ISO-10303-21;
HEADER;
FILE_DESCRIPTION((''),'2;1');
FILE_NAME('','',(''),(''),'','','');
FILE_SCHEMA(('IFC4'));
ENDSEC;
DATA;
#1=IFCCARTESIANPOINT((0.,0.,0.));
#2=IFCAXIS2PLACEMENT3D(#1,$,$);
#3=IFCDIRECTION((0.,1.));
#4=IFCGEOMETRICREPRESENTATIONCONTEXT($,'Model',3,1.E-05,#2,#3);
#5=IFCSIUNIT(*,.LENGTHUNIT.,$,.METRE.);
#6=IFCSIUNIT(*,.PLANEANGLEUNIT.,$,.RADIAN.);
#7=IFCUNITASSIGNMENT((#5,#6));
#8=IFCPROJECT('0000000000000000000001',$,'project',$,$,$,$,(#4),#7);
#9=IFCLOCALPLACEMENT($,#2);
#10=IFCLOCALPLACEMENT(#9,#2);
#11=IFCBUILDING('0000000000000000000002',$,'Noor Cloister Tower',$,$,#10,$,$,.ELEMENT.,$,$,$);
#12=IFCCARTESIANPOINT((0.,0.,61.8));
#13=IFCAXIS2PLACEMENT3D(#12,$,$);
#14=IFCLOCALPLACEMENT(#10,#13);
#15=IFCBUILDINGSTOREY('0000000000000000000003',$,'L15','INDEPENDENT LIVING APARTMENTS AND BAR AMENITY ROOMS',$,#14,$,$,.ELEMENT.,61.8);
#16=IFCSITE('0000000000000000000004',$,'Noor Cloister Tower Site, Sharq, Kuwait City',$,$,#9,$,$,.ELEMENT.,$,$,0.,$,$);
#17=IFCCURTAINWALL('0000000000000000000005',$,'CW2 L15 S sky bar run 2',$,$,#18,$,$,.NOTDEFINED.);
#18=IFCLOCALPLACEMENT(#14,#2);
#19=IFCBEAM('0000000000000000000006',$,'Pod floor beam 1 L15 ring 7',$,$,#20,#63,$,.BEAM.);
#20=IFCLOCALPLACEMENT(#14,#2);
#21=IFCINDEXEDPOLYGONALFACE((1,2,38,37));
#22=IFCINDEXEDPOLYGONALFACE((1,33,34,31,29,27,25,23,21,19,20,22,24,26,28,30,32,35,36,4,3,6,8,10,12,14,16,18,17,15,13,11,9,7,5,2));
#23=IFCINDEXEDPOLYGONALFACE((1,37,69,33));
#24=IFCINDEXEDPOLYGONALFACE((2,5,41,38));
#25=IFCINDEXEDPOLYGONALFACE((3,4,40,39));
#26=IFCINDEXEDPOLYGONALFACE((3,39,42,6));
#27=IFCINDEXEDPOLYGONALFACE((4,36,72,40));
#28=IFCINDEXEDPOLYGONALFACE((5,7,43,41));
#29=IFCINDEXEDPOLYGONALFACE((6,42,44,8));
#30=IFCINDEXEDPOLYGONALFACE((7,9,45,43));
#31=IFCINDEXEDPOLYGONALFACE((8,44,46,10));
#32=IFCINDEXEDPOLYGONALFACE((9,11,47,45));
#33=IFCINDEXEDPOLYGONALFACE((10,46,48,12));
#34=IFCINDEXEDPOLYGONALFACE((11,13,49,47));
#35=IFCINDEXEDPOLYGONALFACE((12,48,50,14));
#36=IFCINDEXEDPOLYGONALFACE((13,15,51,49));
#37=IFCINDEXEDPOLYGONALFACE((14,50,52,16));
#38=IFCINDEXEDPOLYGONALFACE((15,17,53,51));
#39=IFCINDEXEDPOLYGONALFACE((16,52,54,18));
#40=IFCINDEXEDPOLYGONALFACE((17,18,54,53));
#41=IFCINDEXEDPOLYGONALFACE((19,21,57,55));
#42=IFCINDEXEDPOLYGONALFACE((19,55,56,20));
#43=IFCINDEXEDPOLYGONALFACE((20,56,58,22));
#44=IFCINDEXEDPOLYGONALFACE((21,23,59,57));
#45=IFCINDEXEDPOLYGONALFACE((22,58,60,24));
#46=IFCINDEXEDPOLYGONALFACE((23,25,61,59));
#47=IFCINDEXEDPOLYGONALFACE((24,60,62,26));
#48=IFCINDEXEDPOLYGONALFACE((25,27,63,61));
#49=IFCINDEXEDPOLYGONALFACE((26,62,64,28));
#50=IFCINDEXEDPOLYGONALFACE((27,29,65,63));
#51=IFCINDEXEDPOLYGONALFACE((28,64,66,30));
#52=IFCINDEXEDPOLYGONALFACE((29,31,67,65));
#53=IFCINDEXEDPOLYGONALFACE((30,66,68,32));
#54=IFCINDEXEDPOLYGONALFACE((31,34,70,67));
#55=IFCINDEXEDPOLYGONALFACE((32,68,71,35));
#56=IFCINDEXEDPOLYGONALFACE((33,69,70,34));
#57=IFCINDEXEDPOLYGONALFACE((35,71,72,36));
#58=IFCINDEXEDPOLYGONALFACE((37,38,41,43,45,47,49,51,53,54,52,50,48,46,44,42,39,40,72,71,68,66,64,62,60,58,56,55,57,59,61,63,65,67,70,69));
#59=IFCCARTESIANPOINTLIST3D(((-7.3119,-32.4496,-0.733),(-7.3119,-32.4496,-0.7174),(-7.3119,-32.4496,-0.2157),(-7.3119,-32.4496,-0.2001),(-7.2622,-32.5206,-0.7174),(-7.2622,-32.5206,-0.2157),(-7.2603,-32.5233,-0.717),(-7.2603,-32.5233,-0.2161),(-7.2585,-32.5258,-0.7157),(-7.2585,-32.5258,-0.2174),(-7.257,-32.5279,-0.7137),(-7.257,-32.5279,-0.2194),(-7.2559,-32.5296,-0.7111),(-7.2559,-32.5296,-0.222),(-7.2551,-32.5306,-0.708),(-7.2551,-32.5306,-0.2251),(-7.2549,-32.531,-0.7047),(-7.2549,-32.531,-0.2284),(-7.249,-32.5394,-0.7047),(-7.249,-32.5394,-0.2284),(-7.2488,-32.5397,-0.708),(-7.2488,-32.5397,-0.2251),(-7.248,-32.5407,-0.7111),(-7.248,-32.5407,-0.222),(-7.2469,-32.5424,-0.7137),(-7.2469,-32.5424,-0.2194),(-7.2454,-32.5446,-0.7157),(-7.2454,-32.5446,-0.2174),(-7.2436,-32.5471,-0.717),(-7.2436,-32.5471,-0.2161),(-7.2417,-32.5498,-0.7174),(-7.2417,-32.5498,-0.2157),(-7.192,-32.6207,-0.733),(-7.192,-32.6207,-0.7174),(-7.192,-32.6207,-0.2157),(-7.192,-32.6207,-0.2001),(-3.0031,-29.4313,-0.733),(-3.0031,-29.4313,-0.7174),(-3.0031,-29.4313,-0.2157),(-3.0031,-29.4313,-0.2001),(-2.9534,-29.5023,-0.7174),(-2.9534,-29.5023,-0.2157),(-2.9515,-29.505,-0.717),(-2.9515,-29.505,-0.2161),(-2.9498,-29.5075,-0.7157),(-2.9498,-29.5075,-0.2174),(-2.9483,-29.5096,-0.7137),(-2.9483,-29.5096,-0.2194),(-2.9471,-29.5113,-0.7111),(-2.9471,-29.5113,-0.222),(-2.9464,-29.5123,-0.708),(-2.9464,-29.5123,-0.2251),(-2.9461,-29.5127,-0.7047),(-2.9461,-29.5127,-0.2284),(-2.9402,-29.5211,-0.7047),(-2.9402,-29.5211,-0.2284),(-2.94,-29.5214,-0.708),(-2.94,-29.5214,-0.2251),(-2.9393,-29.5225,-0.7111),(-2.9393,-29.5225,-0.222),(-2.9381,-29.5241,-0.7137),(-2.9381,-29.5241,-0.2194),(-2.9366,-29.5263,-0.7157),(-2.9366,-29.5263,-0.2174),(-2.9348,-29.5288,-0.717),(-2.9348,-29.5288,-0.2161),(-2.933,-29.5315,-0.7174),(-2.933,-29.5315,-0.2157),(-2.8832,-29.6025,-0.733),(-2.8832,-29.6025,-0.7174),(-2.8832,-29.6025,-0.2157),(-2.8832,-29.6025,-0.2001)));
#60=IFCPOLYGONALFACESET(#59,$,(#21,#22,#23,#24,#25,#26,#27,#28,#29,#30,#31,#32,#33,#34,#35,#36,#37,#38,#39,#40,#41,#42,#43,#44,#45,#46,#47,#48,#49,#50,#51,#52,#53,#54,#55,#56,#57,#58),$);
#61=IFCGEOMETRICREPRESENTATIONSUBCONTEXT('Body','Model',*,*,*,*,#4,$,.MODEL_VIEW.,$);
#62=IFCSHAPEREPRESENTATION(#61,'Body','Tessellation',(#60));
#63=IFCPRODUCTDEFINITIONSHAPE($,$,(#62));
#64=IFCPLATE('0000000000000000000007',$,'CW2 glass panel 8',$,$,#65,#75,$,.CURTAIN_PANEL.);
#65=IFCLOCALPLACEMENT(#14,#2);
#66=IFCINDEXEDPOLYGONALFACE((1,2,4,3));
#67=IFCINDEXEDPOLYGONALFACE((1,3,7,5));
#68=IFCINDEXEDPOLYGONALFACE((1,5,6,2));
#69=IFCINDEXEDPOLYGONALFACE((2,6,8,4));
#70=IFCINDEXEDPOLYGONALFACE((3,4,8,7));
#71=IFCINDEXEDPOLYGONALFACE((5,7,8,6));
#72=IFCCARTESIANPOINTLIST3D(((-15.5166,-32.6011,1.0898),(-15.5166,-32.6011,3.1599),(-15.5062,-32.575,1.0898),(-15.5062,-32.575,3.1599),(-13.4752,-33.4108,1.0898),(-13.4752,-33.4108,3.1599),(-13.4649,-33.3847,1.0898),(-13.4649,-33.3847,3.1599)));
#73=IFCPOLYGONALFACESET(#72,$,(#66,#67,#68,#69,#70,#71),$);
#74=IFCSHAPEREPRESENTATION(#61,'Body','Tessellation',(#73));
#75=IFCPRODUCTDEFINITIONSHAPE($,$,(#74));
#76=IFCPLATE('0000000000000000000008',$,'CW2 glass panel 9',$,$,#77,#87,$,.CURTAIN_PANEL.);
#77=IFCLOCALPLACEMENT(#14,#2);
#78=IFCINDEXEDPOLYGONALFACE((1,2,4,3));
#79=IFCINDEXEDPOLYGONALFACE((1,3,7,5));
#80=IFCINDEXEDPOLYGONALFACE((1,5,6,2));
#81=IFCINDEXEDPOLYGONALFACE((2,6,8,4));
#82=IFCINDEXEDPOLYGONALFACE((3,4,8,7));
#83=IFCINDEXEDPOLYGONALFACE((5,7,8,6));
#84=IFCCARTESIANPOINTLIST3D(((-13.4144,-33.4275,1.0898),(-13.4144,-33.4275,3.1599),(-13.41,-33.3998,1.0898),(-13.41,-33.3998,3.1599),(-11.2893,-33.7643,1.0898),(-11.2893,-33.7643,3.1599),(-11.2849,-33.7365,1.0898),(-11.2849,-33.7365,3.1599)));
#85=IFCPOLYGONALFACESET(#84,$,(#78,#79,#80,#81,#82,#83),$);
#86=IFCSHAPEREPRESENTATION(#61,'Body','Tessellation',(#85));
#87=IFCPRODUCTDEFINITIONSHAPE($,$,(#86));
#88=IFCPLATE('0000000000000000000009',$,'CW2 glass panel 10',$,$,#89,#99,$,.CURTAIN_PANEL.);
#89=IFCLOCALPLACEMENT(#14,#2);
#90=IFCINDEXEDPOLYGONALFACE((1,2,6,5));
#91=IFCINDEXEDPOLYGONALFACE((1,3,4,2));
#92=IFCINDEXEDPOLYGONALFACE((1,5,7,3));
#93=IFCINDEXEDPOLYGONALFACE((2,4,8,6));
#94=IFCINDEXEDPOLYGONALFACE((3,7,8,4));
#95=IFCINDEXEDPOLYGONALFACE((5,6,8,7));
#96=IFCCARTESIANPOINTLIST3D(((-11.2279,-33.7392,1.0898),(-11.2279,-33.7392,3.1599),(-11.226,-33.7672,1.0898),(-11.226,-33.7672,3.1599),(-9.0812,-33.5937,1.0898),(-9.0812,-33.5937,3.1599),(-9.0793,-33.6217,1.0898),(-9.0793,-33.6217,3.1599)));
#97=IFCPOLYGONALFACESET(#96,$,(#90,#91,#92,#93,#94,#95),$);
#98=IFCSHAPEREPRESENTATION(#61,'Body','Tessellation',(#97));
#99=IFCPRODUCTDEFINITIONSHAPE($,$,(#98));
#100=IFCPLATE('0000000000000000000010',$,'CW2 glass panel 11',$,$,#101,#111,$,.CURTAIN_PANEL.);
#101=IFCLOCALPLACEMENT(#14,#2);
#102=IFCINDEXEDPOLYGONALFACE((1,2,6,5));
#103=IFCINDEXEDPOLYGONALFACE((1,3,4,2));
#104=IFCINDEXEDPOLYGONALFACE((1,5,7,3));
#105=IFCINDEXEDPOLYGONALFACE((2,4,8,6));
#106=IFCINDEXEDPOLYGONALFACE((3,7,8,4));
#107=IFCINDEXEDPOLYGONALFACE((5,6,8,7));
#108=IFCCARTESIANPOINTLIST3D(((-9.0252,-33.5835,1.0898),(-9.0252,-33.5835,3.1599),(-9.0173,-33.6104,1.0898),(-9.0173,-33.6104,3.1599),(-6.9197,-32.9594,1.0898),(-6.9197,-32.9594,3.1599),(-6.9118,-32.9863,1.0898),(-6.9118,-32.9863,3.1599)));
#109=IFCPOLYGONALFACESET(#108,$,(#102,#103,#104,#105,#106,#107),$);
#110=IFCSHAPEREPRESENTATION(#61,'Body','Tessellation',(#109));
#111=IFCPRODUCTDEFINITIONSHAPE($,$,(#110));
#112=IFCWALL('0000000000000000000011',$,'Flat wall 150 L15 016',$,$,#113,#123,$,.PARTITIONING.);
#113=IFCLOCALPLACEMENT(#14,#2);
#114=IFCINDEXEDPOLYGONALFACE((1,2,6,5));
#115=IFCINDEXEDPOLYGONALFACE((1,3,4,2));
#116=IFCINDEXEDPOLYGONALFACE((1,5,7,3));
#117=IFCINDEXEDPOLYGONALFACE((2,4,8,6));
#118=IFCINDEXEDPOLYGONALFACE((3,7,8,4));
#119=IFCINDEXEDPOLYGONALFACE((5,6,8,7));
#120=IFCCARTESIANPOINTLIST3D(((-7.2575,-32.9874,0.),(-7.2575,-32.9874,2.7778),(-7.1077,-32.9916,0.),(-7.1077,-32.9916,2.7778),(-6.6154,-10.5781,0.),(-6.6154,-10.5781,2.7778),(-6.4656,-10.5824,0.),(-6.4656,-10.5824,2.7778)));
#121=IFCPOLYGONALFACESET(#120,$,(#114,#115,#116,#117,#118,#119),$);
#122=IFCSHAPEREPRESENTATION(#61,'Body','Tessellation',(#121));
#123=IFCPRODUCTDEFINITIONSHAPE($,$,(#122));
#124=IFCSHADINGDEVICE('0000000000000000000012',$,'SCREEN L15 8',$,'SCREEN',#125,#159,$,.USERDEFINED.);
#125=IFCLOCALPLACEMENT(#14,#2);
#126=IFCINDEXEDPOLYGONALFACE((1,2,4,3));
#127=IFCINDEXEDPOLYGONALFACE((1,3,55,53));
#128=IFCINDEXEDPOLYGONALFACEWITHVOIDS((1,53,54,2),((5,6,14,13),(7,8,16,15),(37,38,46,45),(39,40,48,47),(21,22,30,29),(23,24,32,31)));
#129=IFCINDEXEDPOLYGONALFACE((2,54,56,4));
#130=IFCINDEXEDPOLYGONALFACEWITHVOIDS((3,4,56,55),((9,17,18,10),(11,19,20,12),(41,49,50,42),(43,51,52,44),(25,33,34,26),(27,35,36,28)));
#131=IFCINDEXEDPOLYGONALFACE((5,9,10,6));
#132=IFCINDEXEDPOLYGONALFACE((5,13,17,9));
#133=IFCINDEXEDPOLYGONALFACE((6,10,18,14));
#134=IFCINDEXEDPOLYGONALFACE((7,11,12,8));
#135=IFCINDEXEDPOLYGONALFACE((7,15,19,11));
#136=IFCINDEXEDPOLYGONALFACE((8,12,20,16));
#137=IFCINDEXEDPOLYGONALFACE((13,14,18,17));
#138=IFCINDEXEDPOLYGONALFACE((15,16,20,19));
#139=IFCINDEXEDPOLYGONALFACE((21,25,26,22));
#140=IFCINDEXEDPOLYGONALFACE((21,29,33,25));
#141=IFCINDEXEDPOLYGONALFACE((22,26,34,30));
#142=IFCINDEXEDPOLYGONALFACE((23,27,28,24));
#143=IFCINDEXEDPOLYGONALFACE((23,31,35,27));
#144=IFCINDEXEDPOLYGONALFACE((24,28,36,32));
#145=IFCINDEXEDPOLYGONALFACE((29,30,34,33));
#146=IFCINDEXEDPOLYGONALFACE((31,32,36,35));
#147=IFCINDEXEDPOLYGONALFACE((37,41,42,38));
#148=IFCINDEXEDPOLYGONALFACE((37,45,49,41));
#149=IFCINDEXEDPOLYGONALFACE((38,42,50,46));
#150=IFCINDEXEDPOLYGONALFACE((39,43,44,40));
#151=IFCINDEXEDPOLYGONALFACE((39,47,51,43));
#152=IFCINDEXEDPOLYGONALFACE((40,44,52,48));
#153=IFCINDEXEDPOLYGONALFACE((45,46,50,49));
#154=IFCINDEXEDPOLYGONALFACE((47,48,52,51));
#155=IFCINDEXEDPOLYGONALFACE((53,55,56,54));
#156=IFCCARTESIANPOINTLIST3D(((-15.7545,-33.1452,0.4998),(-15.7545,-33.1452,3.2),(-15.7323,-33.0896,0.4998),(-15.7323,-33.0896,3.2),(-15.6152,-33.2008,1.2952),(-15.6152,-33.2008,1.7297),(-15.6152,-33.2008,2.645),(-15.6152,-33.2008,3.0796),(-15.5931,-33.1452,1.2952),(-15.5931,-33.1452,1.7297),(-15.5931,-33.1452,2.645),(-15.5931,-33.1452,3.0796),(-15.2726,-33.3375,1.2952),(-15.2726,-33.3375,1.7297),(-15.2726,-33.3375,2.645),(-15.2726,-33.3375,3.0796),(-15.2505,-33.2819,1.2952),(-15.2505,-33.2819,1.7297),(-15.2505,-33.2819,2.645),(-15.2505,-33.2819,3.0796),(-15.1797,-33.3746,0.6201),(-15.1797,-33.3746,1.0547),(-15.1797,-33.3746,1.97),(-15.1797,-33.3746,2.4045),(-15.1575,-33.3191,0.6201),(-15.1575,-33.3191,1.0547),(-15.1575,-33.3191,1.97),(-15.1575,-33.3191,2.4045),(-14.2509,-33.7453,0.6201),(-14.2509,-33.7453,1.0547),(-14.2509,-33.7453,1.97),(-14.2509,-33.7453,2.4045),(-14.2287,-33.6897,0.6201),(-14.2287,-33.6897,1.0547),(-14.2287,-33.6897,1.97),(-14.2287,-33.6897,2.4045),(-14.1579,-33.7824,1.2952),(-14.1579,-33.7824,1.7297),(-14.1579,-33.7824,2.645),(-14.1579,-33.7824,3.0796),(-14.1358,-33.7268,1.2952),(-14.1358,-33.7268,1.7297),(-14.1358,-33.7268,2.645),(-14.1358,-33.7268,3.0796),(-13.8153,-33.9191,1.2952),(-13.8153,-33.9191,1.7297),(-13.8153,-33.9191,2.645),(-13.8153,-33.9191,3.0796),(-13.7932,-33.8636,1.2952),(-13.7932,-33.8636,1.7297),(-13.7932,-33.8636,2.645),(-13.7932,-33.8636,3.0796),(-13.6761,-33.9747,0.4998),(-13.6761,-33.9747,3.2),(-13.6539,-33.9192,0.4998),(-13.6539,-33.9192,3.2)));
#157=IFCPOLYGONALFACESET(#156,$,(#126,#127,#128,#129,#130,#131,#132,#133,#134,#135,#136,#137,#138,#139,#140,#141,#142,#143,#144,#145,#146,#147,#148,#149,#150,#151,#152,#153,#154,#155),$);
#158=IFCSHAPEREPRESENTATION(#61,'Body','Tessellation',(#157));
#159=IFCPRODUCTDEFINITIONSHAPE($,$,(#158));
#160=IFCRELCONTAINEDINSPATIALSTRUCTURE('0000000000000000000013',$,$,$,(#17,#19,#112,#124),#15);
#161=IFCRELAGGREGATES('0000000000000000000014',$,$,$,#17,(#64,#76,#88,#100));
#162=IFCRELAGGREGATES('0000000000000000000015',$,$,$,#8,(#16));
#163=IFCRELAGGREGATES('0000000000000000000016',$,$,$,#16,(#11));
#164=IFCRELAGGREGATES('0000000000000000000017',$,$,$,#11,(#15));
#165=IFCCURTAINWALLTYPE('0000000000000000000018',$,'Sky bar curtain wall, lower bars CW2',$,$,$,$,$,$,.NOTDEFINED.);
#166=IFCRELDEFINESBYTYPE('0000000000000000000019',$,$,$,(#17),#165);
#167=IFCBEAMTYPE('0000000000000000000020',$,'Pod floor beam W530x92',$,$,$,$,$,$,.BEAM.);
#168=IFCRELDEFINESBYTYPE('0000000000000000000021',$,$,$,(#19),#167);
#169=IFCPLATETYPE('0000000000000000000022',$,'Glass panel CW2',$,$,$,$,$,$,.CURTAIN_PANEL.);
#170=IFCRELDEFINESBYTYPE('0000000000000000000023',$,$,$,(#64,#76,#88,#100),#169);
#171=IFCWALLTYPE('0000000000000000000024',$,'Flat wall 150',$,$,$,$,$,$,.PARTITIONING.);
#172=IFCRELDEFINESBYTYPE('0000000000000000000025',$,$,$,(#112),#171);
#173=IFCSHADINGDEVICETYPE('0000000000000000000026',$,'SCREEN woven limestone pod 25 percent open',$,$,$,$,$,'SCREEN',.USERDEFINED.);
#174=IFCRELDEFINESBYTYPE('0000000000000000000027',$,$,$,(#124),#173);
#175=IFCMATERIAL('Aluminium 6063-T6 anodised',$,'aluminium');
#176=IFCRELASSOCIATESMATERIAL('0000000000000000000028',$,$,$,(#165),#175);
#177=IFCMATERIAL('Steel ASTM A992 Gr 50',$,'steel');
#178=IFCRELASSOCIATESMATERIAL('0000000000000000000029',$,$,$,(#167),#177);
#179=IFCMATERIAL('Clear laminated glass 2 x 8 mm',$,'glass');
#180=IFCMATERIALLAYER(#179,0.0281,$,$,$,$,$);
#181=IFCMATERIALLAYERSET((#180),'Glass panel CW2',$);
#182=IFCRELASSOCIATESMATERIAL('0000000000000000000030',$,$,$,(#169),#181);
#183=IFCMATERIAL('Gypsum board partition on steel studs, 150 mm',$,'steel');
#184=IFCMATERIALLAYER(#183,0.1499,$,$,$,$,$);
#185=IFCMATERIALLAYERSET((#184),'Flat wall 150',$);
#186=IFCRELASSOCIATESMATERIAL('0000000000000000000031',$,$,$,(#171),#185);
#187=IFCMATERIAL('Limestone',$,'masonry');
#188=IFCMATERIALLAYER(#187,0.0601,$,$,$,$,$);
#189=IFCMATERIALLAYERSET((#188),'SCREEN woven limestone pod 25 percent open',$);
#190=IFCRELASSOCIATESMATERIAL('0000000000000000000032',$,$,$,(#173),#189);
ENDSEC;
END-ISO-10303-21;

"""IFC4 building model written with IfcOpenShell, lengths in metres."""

from ifc_helpers import new_model, si_unit, direction, frame, frame_2d, origin, origin_2d, place, context, subcontext, project, spatial, polyline, rectangle, i_section, outline, extrude, material, layer, layer_set, material_profile, profile_set, type_object, element, aggregate, save


model = new_model("IFC4")

# Units and contexts
model_context = context("Model", 3, precision=1e-05, world=origin(), true_north=direction((0.0, 1.0)))
body_context = subcontext(model_context, "Body", "Model", "MODEL_VIEW")
ifc_project = project(units=[si_unit("LENGTHUNIT", "METRE"), si_unit("PLANEANGLEUNIT", "RADIAN")], contexts=[model_context])

# Site, building, storey
site_placement = place(None, origin())
site = spatial("IfcSite", under=ifc_project, at=site_placement, Name="Noor Cloister Tower Site, Sharq, Kuwait City", CompositionType="ELEMENT", RefElevation=0.0)
building_placement = place(site_placement, origin())
building = spatial("IfcBuilding", under=site, at=building_placement, Name="Noor Cloister Tower", CompositionType="ELEMENT")
storey_placement = place(building_placement, frame((0.0, 0.0, 61.8)))
storey = spatial("IfcBuildingStorey", under=building, at=storey_placement, Name="L15", Description="INDEPENDENT LIVING APARTMENTS AND BAR AMENITY ROOMS", CompositionType="ELEMENT", Elevation=61.8)

# Curtain wall
ifc_material_1 = material(Name="Aluminium 6063-T6 anodised", Category="aluminium")
curtain_wall_type = type_object("IfcCurtainWallType", Name="Sky bar curtain wall, lower bars CW2", PredefinedType="NOTDEFINED", material=ifc_material_1)
curtain_wall_placement = place(storey_placement, origin())
curtain_wall = element("IfcCurtainWall", 1, at=curtain_wall_placement, inside=storey, type_object=curtain_wall_type, Name="CW2 L15 S sky bar run 2", PredefinedType="NOTDEFINED")

# Beam
ifc_material_2 = material(Name="Steel ASTM A992 Gr 50", Category="steel")
ifc_material_profile_1 = material_profile(ifc_material_2, i_section(OverallWidth=0.209, OverallDepth=0.533, WebThickness=0.0103, FlangeThickness=0.0156, FilletRadius=0.0127, at=origin_2d()), Name="W530x92")
ifc_profile_set_1 = profile_set([ifc_material_profile_1], Name="Steel ASTM A992 Gr 50")
beam_type = type_object("IfcBeamType", Name="Pod floor beam W530x92", PredefinedType="BEAM", material=ifc_profile_set_1)
beam_1_placement = place(storey_placement, frame((-7.252, -32.5352, -0.4666), z_axis=(0.819042, 0.573733, 0.0), x_axis=(-0.573733, 0.819042, 0.0)))
element("IfcBeam", 2, at=beam_1_placement, inside=storey, type_object=beam_type, Name="Pod floor beam 1 L15 ring 7", PredefinedType="BEAM", context=body_context, shape_type="SweptSolid", body=[
    extrude(i_section(OverallWidth=0.209, OverallDepth=0.533, WebThickness=0.0103, FlangeThickness=0.0156, FilletRadius=0.0127, at=origin_2d()), origin(), (0.0, 0.0, 1.0), 5.2607),
])

# Plates
ifc_material_3 = material(Name="Clear laminated glass 2 x 8 mm", Category="glass")
ifc_layer_1 = layer(ifc_material_3, 0.0281)
ifc_layer_set_1 = layer_set([ifc_layer_1], Name="Glass panel CW2")
plate_type = type_object("IfcPlateType", Name="Glass panel CW2", PredefinedType="CURTAIN_PANEL", material=ifc_layer_set_1)
plate_1_placement = place(storey_placement, frame((-14.4907, -32.9929, 1.0898), z_axis=(0.0, 0.0, 1.0), x_axis=(0.929537, -0.368729, 0.0)))
plate_1 = element("IfcPlate", 3, at=plate_1_placement, type_object=plate_type, Name="CW2 glass panel 8", PredefinedType="CURTAIN_PANEL", context=body_context, shape_type="SweptSolid", body=[
    extrude(rectangle(XDim=2.196, YDim=0.0281, at=origin_2d()), origin(), (0.0, 0.0, 1.0), 2.0701),
])
plate_2_placement = place(storey_placement, frame((-12.3496, -33.582, 1.0898), z_axis=(0.0, 0.0, 1.0), x_axis=(0.987676, -0.156515, 0.0)))
plate_2 = element("IfcPlate", 4, at=plate_2_placement, type_object=plate_type, Name="CW2 glass panel 9", PredefinedType="CURTAIN_PANEL", context=body_context, shape_type="SweptSolid", body=[
    extrude(rectangle(XDim=2.1516, YDim=0.0281, at=origin_2d()), origin(), (0.0, 0.0, 1.0), 2.0701),
])
plate_3_placement = place(storey_placement, frame((-10.1536, -33.6804, 1.0898), z_axis=(0.0, 0.0, 1.0), x_axis=(0.99771, 0.067631, 0.0)))
plate_3 = element("IfcPlate", 5, at=plate_3_placement, type_object=plate_type, Name="CW2 glass panel 10", PredefinedType="CURTAIN_PANEL", context=body_context, shape_type="SweptSolid", body=[
    extrude(rectangle(XDim=2.1516, YDim=0.0281, at=origin_2d()), origin(), (0.0, 0.0, 1.0), 2.0701),
])
plate_4_placement = place(storey_placement, frame((-7.9685, -33.2849, 1.0898), z_axis=(0.0, 0.0, 1.0), x_axis=(0.958768, 0.284191, 0.0)))
plate_4 = element("IfcPlate", 6, at=plate_4_placement, type_object=plate_type, Name="CW2 glass panel 11", PredefinedType="CURTAIN_PANEL", context=body_context, shape_type="SweptSolid", body=[
    extrude(rectangle(XDim=2.196, YDim=0.0281, at=origin_2d()), origin(), (0.0, 0.0, 1.0), 2.0701),
])
aggregate(curtain_wall, [plate_1, plate_2, plate_3, plate_4])

# Wall
ifc_material_4 = material(Name="Gypsum board partition on steel studs, 150 mm", Category="steel")
ifc_layer_2 = layer(ifc_material_4, 0.1499)
ifc_layer_set_2 = layer_set([ifc_layer_2], Name="Flat wall 150")
wall_type = type_object("IfcWallType", Name="Flat wall 150", PredefinedType="PARTITIONING", material=ifc_layer_set_2)
wall_placement = place(storey_placement, frame((-7.1826, -32.9895, 0.0), z_axis=(0.0, 0.0, 1.0), x_axis=(0.028641, 0.99959, 0.0)))
element("IfcWall", 7, at=wall_placement, inside=storey, type_object=wall_type, Name="Flat wall 150 L15 016", PredefinedType="PARTITIONING", context=body_context, shape_type="SweptSolid", body=[
    extrude(rectangle(XDim=22.4185, YDim=0.1499, at=frame_2d((11.2092, 0.0))), origin(), (0.0, 0.0, 1.0), 2.7778),
])

# Shading device
ifc_material_5 = material(Name="Limestone", Category="masonry")
ifc_layer_3 = layer(ifc_material_5, 0.0601)
ifc_layer_set_3 = layer_set([ifc_layer_3], Name="SCREEN woven limestone pod 25 percent open")
shading_device_type = type_object("IfcShadingDeviceType", Name="SCREEN woven limestone pod 25 percent open", ElementType="SCREEN", PredefinedType="USERDEFINED", material=ifc_layer_set_3)
shading_device_1_placement = place(storey_placement, frame((-14.6931, -33.5044, 1.8499), z_axis=(-0.370688, -0.928757, 0.0), x_axis=(0.928757, -0.370688, 0.0)))
element("IfcShadingDevice", 8, at=shading_device_1_placement, inside=storey, type_object=shading_device_type, Name="SCREEN L15 8", ObjectType="SCREEN", PredefinedType="USERDEFINED", context=body_context, shape_type="SweptSolid", body=[
    extrude(outline(polyline([(-1.1189, -1.3501), (1.1189, -1.3501), (1.1189, 1.3501), (-1.1189, 1.3501), (-1.1189, -1.3501)]), holes=[polyline([(-0.5, -1.2297), (0.5, -1.2297), (0.5, -0.7952), (-0.5, -0.7952), (-0.5, -1.2297)]), polyline([(0.6001, -0.5547), (0.969, -0.5547), (0.969, -0.1201), (0.6001, -0.1201), (0.6001, -0.5547)]), polyline([(-0.969, -0.5547), (-0.6001, -0.5547), (-0.6001, -0.1201), (-0.969, -0.1201), (-0.969, -0.5547)]), polyline([(-0.5, 0.1201), (0.5, 0.1201), (0.5, 0.5547), (-0.5, 0.5547), (-0.5, 0.1201)]), polyline([(0.6001, 0.7952), (0.969, 0.7952), (0.969, 1.2297), (0.6001, 1.2297), (0.6001, 0.7952)]), polyline([(-0.969, 0.7952), (-0.6001, 0.7952), (-0.6001, 1.2297), (-0.969, 1.2297), (-0.969, 0.7952)])]), origin(), (0.0, 0.0, 1.0), 0.0598),
])

save(model, "model.ifc")
